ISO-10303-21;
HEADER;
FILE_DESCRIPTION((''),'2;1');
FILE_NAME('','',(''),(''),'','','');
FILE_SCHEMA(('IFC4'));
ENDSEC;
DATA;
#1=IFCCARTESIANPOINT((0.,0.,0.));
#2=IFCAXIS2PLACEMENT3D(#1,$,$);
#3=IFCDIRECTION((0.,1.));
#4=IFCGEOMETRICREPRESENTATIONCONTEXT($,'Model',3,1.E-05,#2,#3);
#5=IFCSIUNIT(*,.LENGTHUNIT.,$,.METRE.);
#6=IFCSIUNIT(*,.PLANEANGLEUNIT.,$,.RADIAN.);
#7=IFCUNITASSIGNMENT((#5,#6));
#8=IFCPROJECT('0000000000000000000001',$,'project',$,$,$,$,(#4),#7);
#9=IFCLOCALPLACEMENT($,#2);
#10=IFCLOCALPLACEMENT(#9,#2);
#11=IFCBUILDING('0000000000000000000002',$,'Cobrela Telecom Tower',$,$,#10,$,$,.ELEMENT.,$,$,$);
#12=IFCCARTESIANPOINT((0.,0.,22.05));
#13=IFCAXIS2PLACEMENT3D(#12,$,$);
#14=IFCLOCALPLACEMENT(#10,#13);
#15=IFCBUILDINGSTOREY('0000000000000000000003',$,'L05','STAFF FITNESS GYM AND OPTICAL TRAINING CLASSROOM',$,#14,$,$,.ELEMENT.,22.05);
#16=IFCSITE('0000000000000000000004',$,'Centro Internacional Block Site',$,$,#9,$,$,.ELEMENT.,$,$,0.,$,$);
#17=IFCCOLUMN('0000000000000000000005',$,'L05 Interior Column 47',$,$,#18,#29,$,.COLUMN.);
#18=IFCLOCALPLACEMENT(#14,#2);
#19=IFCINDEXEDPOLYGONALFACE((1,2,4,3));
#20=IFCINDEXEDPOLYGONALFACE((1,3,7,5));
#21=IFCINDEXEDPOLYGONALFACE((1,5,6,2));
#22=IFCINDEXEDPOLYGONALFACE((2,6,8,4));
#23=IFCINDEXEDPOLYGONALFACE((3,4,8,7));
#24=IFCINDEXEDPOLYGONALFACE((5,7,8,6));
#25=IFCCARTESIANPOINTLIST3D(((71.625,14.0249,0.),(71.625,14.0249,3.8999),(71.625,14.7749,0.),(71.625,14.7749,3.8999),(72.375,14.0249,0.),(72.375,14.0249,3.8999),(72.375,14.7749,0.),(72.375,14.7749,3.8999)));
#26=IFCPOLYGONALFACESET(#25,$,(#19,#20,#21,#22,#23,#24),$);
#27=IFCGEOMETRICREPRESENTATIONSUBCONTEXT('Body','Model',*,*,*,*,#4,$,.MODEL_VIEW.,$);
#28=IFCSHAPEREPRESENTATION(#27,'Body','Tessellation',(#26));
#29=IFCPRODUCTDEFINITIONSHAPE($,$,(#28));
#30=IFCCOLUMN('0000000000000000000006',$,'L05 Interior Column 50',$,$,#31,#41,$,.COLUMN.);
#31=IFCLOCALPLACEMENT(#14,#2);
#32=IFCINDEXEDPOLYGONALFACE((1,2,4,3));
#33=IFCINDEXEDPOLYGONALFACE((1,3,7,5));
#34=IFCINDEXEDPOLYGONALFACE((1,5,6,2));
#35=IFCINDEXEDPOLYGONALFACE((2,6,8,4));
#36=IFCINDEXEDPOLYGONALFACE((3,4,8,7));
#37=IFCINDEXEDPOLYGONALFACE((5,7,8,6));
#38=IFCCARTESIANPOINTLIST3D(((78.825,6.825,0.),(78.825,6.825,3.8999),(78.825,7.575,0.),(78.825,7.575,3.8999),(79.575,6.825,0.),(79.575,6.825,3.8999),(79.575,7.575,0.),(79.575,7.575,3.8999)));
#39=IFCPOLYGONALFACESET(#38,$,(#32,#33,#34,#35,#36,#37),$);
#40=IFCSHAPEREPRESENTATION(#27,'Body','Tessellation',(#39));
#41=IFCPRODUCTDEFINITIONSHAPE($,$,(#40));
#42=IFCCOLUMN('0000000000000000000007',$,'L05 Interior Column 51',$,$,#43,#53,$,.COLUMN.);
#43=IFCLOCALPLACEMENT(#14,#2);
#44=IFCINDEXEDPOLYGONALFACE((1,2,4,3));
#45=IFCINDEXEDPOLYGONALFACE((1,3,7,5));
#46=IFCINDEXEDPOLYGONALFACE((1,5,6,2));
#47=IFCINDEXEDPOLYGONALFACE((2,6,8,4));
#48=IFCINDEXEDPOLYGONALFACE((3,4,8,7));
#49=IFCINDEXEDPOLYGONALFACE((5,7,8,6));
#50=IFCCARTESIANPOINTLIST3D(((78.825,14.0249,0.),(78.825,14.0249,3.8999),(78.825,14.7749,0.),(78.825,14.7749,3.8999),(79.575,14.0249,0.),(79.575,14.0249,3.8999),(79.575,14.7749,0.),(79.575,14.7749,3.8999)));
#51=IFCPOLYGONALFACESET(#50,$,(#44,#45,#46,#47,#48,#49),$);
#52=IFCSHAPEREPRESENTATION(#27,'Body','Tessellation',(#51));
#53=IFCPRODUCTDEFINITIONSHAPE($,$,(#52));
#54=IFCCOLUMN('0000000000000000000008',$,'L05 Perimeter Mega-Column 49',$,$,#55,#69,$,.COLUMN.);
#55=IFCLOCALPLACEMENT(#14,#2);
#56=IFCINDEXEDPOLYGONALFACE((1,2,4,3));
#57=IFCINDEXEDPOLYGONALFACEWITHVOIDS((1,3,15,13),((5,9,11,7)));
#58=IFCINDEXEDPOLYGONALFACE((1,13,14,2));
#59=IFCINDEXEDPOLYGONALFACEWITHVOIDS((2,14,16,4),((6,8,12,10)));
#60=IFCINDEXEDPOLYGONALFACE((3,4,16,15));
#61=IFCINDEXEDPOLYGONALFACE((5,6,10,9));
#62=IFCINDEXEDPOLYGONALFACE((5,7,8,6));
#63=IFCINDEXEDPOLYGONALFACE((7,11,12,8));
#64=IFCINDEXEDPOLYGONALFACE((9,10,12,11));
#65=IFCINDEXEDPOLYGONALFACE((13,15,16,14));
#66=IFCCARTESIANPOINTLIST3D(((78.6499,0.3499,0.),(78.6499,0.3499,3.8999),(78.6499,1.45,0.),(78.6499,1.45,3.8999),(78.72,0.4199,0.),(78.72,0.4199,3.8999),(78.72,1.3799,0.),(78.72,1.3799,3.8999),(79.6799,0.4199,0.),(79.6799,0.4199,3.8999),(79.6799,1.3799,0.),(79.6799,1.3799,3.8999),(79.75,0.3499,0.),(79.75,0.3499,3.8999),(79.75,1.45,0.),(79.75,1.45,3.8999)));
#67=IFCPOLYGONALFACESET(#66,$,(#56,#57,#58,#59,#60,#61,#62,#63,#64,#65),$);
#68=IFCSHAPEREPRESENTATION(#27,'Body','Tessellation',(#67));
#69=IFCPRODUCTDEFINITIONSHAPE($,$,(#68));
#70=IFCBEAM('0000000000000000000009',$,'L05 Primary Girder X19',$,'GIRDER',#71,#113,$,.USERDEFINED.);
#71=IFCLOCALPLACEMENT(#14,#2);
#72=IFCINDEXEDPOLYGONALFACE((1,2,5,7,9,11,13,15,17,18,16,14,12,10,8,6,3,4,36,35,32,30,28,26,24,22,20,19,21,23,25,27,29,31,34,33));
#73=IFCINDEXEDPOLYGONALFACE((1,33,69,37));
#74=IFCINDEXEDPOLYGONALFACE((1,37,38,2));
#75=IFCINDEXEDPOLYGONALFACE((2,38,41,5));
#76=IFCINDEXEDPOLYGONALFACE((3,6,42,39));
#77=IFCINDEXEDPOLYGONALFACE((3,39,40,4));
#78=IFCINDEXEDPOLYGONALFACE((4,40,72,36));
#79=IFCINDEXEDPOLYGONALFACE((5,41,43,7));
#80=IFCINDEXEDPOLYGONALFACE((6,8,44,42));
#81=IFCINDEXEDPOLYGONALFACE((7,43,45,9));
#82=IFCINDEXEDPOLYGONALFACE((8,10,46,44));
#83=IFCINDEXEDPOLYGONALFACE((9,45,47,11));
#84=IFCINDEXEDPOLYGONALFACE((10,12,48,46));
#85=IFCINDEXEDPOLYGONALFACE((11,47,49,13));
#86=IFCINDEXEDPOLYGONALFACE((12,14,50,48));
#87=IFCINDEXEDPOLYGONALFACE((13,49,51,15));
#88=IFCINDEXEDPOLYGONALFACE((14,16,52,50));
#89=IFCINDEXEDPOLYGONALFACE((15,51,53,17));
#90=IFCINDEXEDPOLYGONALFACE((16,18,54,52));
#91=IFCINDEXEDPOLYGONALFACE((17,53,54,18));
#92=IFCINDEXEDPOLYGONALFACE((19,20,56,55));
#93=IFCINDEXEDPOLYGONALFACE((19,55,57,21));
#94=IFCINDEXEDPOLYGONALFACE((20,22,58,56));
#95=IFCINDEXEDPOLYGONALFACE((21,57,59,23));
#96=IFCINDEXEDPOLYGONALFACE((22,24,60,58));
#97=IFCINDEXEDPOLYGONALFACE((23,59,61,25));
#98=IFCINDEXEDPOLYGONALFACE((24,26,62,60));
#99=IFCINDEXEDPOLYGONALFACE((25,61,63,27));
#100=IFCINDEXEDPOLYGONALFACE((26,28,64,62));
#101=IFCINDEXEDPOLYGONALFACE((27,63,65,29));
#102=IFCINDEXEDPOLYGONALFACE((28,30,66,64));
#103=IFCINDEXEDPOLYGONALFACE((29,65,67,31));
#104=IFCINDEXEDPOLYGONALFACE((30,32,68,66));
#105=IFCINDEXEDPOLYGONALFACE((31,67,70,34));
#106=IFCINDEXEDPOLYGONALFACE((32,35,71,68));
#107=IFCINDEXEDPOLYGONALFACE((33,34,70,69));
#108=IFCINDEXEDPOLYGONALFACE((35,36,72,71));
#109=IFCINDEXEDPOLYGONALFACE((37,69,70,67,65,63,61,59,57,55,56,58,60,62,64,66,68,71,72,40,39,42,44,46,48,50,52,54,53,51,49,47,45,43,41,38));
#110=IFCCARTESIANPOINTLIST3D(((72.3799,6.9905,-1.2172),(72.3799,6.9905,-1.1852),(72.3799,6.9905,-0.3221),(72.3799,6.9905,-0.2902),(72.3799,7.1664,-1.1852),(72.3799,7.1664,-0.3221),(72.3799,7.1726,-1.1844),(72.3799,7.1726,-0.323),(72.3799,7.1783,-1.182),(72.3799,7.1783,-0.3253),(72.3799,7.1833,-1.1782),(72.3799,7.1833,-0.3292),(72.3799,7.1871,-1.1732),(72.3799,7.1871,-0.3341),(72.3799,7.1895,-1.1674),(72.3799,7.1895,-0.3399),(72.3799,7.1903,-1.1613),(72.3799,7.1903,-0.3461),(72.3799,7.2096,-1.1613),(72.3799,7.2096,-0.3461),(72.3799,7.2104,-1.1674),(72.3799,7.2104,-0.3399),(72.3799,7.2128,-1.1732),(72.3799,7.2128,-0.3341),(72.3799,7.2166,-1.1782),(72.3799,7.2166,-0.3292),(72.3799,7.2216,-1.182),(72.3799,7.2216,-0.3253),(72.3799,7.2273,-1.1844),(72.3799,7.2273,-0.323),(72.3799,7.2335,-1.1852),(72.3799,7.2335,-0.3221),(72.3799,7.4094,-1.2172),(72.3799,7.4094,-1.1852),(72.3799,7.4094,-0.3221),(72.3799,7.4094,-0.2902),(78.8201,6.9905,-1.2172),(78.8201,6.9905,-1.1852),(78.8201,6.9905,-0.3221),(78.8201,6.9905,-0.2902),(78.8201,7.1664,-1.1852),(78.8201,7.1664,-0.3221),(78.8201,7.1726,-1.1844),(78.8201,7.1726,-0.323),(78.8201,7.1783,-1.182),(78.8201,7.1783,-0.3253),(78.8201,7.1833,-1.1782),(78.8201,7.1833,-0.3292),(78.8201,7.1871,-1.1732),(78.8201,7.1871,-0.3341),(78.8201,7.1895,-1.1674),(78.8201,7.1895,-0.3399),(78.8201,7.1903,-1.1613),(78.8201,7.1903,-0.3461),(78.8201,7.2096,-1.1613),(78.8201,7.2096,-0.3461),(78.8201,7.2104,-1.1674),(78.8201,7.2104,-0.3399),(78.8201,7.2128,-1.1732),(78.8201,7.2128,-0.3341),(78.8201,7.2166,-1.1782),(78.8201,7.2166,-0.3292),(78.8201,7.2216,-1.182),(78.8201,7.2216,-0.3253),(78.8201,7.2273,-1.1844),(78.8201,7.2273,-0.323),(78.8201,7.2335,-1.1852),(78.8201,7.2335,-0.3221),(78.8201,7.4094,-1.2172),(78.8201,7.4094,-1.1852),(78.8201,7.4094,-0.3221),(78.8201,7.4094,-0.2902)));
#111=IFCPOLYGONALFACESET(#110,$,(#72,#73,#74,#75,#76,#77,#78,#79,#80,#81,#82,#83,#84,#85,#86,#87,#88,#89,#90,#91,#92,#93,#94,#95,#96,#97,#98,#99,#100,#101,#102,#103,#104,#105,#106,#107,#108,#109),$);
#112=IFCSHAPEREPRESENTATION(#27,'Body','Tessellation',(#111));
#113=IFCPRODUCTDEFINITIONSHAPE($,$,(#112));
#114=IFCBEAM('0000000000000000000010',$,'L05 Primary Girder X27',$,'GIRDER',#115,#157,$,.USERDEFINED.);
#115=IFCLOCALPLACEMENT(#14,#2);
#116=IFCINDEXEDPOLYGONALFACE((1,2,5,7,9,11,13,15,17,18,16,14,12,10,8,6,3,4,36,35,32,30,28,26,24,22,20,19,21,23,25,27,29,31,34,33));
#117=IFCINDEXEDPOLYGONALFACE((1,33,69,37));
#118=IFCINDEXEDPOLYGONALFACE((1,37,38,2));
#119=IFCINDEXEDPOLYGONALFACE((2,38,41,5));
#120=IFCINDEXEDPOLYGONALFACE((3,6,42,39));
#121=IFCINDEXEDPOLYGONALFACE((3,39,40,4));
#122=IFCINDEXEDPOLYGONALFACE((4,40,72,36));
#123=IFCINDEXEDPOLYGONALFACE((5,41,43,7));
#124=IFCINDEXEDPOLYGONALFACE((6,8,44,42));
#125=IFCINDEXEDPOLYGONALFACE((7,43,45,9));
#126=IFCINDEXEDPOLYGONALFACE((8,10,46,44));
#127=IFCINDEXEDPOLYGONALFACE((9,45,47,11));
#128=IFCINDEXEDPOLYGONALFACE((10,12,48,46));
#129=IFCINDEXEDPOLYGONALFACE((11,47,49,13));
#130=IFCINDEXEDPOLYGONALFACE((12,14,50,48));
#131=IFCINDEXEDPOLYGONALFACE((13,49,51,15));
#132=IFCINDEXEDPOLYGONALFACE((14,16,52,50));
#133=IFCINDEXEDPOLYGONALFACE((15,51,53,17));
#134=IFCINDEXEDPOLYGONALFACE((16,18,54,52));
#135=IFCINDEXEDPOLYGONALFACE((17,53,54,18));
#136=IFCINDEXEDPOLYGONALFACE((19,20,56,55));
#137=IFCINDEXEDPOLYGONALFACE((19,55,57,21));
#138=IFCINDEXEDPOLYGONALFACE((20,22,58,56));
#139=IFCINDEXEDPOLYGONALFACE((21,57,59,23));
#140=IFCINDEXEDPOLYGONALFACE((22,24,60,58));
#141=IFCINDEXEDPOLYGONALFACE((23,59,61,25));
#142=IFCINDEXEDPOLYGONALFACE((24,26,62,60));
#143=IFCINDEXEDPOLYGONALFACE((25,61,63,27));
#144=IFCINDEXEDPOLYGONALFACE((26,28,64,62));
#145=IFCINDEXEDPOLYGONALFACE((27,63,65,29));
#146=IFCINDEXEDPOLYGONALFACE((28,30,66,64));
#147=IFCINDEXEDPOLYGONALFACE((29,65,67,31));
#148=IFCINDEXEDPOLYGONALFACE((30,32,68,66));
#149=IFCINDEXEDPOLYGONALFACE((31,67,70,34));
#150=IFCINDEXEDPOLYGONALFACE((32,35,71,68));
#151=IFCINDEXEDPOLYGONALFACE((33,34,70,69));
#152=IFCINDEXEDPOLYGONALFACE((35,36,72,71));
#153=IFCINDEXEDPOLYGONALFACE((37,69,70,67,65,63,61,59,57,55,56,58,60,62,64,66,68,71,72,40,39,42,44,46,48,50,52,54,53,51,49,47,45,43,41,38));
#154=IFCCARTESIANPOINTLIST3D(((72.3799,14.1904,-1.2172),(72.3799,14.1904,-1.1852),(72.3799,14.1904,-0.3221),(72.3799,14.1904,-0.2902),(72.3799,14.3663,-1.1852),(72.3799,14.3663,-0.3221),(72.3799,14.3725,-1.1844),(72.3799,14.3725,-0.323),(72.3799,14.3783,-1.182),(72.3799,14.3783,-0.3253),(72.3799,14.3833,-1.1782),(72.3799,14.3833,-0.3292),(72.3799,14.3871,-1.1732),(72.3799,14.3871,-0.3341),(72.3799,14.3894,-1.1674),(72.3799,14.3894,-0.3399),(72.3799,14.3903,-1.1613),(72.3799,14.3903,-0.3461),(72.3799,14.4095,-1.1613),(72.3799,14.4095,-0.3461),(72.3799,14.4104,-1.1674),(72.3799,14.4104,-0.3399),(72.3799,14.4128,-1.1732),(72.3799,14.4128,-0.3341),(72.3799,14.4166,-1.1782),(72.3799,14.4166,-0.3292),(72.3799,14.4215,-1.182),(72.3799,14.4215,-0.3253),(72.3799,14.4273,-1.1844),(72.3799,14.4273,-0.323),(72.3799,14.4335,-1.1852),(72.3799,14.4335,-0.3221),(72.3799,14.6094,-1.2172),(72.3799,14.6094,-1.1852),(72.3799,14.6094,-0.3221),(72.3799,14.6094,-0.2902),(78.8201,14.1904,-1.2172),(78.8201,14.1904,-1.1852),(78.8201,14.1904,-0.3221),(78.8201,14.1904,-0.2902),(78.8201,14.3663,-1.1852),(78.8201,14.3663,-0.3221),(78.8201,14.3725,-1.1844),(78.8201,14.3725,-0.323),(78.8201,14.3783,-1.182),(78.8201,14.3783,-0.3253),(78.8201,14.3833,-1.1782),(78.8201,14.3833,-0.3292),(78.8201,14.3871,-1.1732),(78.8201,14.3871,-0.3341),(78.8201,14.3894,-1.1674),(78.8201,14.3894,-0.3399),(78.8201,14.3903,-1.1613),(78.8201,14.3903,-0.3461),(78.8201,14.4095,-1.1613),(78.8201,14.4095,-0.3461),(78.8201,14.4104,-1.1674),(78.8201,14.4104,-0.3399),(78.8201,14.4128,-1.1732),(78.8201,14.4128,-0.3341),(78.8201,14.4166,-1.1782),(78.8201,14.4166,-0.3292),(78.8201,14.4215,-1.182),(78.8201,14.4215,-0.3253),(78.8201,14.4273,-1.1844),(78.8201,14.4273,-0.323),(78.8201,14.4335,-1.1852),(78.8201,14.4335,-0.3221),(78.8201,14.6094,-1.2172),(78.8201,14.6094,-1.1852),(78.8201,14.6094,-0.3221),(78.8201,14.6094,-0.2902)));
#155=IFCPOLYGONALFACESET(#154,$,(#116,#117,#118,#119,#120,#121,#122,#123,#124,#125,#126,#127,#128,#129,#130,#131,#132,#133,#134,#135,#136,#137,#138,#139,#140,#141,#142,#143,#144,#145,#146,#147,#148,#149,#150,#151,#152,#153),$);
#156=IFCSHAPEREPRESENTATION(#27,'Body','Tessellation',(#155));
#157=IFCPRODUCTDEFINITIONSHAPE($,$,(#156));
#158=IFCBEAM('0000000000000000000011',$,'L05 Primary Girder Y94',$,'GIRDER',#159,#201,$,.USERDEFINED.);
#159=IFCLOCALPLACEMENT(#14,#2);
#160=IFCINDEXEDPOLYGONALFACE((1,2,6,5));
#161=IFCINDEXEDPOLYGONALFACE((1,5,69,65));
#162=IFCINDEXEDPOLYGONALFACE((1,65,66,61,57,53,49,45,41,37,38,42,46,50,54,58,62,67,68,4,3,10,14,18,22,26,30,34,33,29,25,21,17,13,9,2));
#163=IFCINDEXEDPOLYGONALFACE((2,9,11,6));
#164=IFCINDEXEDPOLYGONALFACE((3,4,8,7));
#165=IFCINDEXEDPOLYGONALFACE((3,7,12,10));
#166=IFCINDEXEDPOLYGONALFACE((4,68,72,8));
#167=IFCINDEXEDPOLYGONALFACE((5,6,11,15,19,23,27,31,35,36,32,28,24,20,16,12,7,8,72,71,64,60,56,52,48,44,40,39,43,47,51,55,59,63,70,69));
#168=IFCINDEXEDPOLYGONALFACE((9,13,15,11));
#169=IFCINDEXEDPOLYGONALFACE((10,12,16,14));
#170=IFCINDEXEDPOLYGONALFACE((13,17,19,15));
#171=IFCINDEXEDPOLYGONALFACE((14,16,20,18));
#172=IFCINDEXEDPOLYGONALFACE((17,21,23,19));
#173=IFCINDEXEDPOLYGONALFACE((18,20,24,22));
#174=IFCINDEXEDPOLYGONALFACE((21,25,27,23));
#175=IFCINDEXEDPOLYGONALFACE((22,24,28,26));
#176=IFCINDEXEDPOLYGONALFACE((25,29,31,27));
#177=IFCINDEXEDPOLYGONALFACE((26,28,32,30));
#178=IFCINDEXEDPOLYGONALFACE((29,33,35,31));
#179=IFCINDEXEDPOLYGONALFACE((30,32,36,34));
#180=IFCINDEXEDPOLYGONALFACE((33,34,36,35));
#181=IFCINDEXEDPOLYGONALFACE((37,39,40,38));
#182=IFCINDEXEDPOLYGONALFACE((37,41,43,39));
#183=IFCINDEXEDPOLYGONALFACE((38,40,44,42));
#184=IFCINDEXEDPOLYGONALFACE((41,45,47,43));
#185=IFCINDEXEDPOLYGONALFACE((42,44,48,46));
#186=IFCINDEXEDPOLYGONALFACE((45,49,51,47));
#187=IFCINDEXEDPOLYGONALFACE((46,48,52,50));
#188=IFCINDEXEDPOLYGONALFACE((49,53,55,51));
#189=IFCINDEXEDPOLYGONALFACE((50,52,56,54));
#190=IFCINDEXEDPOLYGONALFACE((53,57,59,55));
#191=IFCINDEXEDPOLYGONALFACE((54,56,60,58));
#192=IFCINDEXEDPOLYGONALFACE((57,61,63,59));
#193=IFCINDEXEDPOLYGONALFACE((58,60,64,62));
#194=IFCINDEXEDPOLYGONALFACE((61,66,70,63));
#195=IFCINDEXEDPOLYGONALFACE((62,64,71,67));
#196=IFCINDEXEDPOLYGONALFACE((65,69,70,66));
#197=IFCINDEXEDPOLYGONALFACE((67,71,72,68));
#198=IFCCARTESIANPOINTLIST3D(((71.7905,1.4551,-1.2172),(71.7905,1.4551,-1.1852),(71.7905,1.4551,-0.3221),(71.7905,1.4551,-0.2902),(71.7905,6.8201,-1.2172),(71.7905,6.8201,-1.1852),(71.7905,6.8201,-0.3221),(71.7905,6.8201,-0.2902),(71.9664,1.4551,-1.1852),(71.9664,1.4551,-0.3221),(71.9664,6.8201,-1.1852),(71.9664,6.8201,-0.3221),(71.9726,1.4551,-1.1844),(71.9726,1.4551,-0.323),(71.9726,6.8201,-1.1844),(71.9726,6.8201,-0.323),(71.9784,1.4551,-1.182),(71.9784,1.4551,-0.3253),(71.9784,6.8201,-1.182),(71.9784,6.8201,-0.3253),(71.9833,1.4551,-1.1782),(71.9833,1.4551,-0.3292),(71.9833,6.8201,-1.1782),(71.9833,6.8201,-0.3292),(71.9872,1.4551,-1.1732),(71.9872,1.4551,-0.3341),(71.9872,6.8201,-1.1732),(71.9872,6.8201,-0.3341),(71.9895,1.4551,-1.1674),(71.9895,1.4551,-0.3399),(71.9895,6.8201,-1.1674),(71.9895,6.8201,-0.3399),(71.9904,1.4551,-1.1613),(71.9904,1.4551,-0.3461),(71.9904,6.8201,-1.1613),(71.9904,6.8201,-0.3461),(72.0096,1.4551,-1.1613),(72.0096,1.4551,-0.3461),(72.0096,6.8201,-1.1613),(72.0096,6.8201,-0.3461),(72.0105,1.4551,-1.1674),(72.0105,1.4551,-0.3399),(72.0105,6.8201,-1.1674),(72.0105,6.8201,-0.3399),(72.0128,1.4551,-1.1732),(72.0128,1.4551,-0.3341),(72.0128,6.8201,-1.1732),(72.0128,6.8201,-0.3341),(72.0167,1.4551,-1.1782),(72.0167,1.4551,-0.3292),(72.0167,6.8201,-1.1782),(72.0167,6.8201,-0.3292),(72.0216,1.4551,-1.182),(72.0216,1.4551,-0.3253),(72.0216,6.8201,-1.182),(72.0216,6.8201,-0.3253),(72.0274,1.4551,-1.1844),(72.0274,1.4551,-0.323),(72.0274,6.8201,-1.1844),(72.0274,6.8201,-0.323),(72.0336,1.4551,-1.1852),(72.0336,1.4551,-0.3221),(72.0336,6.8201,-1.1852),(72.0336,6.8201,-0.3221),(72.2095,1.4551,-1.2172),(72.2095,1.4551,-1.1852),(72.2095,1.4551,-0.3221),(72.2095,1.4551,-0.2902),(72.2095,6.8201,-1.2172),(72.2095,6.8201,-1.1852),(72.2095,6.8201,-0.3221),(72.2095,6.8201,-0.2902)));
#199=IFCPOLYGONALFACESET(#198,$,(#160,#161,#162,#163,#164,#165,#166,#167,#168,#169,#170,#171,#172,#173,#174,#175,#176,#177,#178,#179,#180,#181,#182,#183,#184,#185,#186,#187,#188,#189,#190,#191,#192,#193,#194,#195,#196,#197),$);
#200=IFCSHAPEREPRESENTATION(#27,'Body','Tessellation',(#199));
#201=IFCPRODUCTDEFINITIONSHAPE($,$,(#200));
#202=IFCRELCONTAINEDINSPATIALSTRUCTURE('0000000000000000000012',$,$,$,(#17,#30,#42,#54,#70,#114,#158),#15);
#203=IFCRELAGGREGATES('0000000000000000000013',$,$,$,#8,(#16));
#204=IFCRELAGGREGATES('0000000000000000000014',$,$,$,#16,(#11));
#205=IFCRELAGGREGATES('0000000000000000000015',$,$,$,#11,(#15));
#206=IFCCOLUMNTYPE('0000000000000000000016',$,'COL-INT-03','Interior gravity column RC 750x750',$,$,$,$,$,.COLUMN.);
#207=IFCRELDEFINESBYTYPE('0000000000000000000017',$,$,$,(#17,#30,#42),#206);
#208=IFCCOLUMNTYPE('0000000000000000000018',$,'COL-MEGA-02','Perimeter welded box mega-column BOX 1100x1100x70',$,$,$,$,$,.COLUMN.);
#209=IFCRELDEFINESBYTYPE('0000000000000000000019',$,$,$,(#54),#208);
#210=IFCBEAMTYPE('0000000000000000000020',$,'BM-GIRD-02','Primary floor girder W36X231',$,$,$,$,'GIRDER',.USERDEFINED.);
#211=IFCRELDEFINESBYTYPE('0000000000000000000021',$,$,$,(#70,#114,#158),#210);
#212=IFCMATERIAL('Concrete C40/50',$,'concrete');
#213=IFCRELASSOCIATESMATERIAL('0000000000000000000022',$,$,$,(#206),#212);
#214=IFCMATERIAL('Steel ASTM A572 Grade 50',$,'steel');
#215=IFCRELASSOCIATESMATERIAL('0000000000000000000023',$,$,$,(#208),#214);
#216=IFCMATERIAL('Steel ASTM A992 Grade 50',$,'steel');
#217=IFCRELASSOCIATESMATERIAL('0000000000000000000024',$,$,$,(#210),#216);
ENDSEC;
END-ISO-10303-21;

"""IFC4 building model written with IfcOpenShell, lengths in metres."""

from ifc_helpers import new_model, si_unit, direction, frame, origin, origin_2d, place, context, subcontext, project, spatial, rectangle, hollow_rectangle, i_section, extrude, material, material_profile, profile_set, type_object, element, save


model = new_model("IFC4")

# Units and contexts
model_context = context("Model", 3, precision=1e-05, world=origin(), true_north=direction((0.0, 1.0)))
body_context = subcontext(model_context, "Body", "Model", "MODEL_VIEW")
ifc_project = project(units=[si_unit("LENGTHUNIT", "METRE"), si_unit("PLANEANGLEUNIT", "RADIAN")], contexts=[model_context])

# Site, building, storey
site_placement = place(None, origin())
site = spatial("IfcSite", under=ifc_project, at=site_placement, Name="Centro Internacional Block Site", CompositionType="ELEMENT", RefElevation=0.0)
building_placement = place(site_placement, origin())
building = spatial("IfcBuilding", under=site, at=building_placement, Name="Cobrela Telecom Tower", CompositionType="ELEMENT")
storey_placement = place(building_placement, frame((0.0, 0.0, 22.05)))
storey = spatial("IfcBuildingStorey", under=building, at=storey_placement, Name="L05", Description="STAFF FITNESS GYM AND OPTICAL TRAINING CLASSROOM", CompositionType="ELEMENT", Elevation=22.05)

# Columns
ifc_material_1 = material(Name="Concrete C40/50", Category="concrete")
ifc_material_profile_1 = material_profile(ifc_material_1, rectangle(XDim=0.75, YDim=0.75, at=origin_2d()), Name="RC 750x750")
ifc_profile_set_1 = profile_set([ifc_material_profile_1], Name="Concrete C40/50")
column_type_1 = type_object("IfcColumnType", Name="COL-INT-03", Description="Interior gravity column RC 750x750", PredefinedType="COLUMN", material=ifc_profile_set_1)
for number, where, z_axis, x_axis, name in (
    (1, (72.0, 14.3999, 0.0), (0.0, 0.0, 1.0), (1.0, 0.0, 0.0), "L05 Interior Column 47"),
    (2, (79.2, 7.2, 0.0), (0.0, 0.0, 1.0), (1.0, 0.0, 0.0), "L05 Interior Column 50"),
    (3, (79.2, 14.3999, 0.0), (0.0, 0.0, 1.0), (1.0, 0.0, 0.0), "L05 Interior Column 51"),
):
    element("IfcColumn", number, at=place(storey_placement, frame(where, z_axis=z_axis, x_axis=x_axis)), inside=storey, type_object=column_type_1, Name=name, PredefinedType="COLUMN", context=body_context, shape_type="SweptSolid", body=[
        extrude(rectangle(XDim=0.75, YDim=0.75, at=origin_2d()), origin(), (0.0, 0.0, 1.0), 3.8999),
    ])
ifc_material_2 = material(Name="Steel ASTM A572 Grade 50", Category="steel")
ifc_material_profile_2 = material_profile(ifc_material_2, hollow_rectangle(XDim=1.1001, YDim=1.1001, WallThickness=0.0701, at=origin_2d()), Name="BOX 1100x1100x70")
ifc_profile_set_2 = profile_set([ifc_material_profile_2], Name="Steel ASTM A572 Grade 50")
column_type_2 = type_object("IfcColumnType", Name="COL-MEGA-02", Description="Perimeter welded box mega-column BOX 1100x1100x70", PredefinedType="COLUMN", material=ifc_profile_set_2)
column_placement = place(storey_placement, frame((79.2, 0.8999, 0.0), z_axis=(0.0, 0.0, 1.0), x_axis=(1.0, 0.0, 0.0)))
element("IfcColumn", 4, at=column_placement, inside=storey, type_object=column_type_2, Name="L05 Perimeter Mega-Column 49", PredefinedType="COLUMN", context=body_context, shape_type="SweptSolid", body=[
    extrude(hollow_rectangle(XDim=1.1001, YDim=1.1001, WallThickness=0.0701, at=origin_2d()), origin(), (0.0, 0.0, 1.0), 3.8999),
])

# Beams
ifc_material_3 = material(Name="Steel ASTM A992 Grade 50", Category="steel")
ifc_material_profile_3 = material_profile(ifc_material_3, i_section(OverallWidth=0.4189, OverallDepth=0.927, WebThickness=0.0193, FlangeThickness=0.032, FilletRadius=0.0239, at=origin_2d()), Name="W36X231")
ifc_profile_set_3 = profile_set([ifc_material_profile_3], Name="Steel ASTM A992 Grade 50")
beam_type_1 = type_object("IfcBeamType", Name="BM-GIRD-02", Description="Primary floor girder W36X231", ElementType="GIRDER", PredefinedType="USERDEFINED", material=ifc_profile_set_3)
for number, where, z_axis, x_axis, name in (
    (5, (72.3799, 7.2, -0.7537), (1.0, 0.0, 0.0), (0.0, 1.0, 0.0), "L05 Primary Girder X19"),
    (6, (72.3799, 14.3999, -0.7537), (1.0, 0.0, 0.0), (0.0, 1.0, 0.0), "L05 Primary Girder X27"),
):
    element("IfcBeam", number, at=place(storey_placement, frame(where, z_axis=z_axis, x_axis=x_axis)), inside=storey, type_object=beam_type_1, Name=name, ObjectType="GIRDER", PredefinedType="USERDEFINED", context=body_context, shape_type="SweptSolid", body=[
        extrude(i_section(OverallWidth=0.4189, OverallDepth=0.927, WebThickness=0.0193, FlangeThickness=0.032, FilletRadius=0.0239, at=origin_2d()), origin(), (0.0, 0.0, 1.0), 6.4402),
    ])
beam_1_placement = place(storey_placement, frame((72.0, 1.4551, -0.7537), z_axis=(0.0, 1.0, 0.0), x_axis=(-1.0, 0.0, 0.0)))
element("IfcBeam", 7, at=beam_1_placement, inside=storey, type_object=beam_type_1, Name="L05 Primary Girder Y94", ObjectType="GIRDER", PredefinedType="USERDEFINED", context=body_context, shape_type="SweptSolid", body=[
    extrude(i_section(OverallWidth=0.4189, OverallDepth=0.927, WebThickness=0.0193, FlangeThickness=0.032, FilletRadius=0.0239, at=origin_2d()), origin(), (0.0, 0.0, 1.0), 5.365),
])

save(model, "model.ifc")
